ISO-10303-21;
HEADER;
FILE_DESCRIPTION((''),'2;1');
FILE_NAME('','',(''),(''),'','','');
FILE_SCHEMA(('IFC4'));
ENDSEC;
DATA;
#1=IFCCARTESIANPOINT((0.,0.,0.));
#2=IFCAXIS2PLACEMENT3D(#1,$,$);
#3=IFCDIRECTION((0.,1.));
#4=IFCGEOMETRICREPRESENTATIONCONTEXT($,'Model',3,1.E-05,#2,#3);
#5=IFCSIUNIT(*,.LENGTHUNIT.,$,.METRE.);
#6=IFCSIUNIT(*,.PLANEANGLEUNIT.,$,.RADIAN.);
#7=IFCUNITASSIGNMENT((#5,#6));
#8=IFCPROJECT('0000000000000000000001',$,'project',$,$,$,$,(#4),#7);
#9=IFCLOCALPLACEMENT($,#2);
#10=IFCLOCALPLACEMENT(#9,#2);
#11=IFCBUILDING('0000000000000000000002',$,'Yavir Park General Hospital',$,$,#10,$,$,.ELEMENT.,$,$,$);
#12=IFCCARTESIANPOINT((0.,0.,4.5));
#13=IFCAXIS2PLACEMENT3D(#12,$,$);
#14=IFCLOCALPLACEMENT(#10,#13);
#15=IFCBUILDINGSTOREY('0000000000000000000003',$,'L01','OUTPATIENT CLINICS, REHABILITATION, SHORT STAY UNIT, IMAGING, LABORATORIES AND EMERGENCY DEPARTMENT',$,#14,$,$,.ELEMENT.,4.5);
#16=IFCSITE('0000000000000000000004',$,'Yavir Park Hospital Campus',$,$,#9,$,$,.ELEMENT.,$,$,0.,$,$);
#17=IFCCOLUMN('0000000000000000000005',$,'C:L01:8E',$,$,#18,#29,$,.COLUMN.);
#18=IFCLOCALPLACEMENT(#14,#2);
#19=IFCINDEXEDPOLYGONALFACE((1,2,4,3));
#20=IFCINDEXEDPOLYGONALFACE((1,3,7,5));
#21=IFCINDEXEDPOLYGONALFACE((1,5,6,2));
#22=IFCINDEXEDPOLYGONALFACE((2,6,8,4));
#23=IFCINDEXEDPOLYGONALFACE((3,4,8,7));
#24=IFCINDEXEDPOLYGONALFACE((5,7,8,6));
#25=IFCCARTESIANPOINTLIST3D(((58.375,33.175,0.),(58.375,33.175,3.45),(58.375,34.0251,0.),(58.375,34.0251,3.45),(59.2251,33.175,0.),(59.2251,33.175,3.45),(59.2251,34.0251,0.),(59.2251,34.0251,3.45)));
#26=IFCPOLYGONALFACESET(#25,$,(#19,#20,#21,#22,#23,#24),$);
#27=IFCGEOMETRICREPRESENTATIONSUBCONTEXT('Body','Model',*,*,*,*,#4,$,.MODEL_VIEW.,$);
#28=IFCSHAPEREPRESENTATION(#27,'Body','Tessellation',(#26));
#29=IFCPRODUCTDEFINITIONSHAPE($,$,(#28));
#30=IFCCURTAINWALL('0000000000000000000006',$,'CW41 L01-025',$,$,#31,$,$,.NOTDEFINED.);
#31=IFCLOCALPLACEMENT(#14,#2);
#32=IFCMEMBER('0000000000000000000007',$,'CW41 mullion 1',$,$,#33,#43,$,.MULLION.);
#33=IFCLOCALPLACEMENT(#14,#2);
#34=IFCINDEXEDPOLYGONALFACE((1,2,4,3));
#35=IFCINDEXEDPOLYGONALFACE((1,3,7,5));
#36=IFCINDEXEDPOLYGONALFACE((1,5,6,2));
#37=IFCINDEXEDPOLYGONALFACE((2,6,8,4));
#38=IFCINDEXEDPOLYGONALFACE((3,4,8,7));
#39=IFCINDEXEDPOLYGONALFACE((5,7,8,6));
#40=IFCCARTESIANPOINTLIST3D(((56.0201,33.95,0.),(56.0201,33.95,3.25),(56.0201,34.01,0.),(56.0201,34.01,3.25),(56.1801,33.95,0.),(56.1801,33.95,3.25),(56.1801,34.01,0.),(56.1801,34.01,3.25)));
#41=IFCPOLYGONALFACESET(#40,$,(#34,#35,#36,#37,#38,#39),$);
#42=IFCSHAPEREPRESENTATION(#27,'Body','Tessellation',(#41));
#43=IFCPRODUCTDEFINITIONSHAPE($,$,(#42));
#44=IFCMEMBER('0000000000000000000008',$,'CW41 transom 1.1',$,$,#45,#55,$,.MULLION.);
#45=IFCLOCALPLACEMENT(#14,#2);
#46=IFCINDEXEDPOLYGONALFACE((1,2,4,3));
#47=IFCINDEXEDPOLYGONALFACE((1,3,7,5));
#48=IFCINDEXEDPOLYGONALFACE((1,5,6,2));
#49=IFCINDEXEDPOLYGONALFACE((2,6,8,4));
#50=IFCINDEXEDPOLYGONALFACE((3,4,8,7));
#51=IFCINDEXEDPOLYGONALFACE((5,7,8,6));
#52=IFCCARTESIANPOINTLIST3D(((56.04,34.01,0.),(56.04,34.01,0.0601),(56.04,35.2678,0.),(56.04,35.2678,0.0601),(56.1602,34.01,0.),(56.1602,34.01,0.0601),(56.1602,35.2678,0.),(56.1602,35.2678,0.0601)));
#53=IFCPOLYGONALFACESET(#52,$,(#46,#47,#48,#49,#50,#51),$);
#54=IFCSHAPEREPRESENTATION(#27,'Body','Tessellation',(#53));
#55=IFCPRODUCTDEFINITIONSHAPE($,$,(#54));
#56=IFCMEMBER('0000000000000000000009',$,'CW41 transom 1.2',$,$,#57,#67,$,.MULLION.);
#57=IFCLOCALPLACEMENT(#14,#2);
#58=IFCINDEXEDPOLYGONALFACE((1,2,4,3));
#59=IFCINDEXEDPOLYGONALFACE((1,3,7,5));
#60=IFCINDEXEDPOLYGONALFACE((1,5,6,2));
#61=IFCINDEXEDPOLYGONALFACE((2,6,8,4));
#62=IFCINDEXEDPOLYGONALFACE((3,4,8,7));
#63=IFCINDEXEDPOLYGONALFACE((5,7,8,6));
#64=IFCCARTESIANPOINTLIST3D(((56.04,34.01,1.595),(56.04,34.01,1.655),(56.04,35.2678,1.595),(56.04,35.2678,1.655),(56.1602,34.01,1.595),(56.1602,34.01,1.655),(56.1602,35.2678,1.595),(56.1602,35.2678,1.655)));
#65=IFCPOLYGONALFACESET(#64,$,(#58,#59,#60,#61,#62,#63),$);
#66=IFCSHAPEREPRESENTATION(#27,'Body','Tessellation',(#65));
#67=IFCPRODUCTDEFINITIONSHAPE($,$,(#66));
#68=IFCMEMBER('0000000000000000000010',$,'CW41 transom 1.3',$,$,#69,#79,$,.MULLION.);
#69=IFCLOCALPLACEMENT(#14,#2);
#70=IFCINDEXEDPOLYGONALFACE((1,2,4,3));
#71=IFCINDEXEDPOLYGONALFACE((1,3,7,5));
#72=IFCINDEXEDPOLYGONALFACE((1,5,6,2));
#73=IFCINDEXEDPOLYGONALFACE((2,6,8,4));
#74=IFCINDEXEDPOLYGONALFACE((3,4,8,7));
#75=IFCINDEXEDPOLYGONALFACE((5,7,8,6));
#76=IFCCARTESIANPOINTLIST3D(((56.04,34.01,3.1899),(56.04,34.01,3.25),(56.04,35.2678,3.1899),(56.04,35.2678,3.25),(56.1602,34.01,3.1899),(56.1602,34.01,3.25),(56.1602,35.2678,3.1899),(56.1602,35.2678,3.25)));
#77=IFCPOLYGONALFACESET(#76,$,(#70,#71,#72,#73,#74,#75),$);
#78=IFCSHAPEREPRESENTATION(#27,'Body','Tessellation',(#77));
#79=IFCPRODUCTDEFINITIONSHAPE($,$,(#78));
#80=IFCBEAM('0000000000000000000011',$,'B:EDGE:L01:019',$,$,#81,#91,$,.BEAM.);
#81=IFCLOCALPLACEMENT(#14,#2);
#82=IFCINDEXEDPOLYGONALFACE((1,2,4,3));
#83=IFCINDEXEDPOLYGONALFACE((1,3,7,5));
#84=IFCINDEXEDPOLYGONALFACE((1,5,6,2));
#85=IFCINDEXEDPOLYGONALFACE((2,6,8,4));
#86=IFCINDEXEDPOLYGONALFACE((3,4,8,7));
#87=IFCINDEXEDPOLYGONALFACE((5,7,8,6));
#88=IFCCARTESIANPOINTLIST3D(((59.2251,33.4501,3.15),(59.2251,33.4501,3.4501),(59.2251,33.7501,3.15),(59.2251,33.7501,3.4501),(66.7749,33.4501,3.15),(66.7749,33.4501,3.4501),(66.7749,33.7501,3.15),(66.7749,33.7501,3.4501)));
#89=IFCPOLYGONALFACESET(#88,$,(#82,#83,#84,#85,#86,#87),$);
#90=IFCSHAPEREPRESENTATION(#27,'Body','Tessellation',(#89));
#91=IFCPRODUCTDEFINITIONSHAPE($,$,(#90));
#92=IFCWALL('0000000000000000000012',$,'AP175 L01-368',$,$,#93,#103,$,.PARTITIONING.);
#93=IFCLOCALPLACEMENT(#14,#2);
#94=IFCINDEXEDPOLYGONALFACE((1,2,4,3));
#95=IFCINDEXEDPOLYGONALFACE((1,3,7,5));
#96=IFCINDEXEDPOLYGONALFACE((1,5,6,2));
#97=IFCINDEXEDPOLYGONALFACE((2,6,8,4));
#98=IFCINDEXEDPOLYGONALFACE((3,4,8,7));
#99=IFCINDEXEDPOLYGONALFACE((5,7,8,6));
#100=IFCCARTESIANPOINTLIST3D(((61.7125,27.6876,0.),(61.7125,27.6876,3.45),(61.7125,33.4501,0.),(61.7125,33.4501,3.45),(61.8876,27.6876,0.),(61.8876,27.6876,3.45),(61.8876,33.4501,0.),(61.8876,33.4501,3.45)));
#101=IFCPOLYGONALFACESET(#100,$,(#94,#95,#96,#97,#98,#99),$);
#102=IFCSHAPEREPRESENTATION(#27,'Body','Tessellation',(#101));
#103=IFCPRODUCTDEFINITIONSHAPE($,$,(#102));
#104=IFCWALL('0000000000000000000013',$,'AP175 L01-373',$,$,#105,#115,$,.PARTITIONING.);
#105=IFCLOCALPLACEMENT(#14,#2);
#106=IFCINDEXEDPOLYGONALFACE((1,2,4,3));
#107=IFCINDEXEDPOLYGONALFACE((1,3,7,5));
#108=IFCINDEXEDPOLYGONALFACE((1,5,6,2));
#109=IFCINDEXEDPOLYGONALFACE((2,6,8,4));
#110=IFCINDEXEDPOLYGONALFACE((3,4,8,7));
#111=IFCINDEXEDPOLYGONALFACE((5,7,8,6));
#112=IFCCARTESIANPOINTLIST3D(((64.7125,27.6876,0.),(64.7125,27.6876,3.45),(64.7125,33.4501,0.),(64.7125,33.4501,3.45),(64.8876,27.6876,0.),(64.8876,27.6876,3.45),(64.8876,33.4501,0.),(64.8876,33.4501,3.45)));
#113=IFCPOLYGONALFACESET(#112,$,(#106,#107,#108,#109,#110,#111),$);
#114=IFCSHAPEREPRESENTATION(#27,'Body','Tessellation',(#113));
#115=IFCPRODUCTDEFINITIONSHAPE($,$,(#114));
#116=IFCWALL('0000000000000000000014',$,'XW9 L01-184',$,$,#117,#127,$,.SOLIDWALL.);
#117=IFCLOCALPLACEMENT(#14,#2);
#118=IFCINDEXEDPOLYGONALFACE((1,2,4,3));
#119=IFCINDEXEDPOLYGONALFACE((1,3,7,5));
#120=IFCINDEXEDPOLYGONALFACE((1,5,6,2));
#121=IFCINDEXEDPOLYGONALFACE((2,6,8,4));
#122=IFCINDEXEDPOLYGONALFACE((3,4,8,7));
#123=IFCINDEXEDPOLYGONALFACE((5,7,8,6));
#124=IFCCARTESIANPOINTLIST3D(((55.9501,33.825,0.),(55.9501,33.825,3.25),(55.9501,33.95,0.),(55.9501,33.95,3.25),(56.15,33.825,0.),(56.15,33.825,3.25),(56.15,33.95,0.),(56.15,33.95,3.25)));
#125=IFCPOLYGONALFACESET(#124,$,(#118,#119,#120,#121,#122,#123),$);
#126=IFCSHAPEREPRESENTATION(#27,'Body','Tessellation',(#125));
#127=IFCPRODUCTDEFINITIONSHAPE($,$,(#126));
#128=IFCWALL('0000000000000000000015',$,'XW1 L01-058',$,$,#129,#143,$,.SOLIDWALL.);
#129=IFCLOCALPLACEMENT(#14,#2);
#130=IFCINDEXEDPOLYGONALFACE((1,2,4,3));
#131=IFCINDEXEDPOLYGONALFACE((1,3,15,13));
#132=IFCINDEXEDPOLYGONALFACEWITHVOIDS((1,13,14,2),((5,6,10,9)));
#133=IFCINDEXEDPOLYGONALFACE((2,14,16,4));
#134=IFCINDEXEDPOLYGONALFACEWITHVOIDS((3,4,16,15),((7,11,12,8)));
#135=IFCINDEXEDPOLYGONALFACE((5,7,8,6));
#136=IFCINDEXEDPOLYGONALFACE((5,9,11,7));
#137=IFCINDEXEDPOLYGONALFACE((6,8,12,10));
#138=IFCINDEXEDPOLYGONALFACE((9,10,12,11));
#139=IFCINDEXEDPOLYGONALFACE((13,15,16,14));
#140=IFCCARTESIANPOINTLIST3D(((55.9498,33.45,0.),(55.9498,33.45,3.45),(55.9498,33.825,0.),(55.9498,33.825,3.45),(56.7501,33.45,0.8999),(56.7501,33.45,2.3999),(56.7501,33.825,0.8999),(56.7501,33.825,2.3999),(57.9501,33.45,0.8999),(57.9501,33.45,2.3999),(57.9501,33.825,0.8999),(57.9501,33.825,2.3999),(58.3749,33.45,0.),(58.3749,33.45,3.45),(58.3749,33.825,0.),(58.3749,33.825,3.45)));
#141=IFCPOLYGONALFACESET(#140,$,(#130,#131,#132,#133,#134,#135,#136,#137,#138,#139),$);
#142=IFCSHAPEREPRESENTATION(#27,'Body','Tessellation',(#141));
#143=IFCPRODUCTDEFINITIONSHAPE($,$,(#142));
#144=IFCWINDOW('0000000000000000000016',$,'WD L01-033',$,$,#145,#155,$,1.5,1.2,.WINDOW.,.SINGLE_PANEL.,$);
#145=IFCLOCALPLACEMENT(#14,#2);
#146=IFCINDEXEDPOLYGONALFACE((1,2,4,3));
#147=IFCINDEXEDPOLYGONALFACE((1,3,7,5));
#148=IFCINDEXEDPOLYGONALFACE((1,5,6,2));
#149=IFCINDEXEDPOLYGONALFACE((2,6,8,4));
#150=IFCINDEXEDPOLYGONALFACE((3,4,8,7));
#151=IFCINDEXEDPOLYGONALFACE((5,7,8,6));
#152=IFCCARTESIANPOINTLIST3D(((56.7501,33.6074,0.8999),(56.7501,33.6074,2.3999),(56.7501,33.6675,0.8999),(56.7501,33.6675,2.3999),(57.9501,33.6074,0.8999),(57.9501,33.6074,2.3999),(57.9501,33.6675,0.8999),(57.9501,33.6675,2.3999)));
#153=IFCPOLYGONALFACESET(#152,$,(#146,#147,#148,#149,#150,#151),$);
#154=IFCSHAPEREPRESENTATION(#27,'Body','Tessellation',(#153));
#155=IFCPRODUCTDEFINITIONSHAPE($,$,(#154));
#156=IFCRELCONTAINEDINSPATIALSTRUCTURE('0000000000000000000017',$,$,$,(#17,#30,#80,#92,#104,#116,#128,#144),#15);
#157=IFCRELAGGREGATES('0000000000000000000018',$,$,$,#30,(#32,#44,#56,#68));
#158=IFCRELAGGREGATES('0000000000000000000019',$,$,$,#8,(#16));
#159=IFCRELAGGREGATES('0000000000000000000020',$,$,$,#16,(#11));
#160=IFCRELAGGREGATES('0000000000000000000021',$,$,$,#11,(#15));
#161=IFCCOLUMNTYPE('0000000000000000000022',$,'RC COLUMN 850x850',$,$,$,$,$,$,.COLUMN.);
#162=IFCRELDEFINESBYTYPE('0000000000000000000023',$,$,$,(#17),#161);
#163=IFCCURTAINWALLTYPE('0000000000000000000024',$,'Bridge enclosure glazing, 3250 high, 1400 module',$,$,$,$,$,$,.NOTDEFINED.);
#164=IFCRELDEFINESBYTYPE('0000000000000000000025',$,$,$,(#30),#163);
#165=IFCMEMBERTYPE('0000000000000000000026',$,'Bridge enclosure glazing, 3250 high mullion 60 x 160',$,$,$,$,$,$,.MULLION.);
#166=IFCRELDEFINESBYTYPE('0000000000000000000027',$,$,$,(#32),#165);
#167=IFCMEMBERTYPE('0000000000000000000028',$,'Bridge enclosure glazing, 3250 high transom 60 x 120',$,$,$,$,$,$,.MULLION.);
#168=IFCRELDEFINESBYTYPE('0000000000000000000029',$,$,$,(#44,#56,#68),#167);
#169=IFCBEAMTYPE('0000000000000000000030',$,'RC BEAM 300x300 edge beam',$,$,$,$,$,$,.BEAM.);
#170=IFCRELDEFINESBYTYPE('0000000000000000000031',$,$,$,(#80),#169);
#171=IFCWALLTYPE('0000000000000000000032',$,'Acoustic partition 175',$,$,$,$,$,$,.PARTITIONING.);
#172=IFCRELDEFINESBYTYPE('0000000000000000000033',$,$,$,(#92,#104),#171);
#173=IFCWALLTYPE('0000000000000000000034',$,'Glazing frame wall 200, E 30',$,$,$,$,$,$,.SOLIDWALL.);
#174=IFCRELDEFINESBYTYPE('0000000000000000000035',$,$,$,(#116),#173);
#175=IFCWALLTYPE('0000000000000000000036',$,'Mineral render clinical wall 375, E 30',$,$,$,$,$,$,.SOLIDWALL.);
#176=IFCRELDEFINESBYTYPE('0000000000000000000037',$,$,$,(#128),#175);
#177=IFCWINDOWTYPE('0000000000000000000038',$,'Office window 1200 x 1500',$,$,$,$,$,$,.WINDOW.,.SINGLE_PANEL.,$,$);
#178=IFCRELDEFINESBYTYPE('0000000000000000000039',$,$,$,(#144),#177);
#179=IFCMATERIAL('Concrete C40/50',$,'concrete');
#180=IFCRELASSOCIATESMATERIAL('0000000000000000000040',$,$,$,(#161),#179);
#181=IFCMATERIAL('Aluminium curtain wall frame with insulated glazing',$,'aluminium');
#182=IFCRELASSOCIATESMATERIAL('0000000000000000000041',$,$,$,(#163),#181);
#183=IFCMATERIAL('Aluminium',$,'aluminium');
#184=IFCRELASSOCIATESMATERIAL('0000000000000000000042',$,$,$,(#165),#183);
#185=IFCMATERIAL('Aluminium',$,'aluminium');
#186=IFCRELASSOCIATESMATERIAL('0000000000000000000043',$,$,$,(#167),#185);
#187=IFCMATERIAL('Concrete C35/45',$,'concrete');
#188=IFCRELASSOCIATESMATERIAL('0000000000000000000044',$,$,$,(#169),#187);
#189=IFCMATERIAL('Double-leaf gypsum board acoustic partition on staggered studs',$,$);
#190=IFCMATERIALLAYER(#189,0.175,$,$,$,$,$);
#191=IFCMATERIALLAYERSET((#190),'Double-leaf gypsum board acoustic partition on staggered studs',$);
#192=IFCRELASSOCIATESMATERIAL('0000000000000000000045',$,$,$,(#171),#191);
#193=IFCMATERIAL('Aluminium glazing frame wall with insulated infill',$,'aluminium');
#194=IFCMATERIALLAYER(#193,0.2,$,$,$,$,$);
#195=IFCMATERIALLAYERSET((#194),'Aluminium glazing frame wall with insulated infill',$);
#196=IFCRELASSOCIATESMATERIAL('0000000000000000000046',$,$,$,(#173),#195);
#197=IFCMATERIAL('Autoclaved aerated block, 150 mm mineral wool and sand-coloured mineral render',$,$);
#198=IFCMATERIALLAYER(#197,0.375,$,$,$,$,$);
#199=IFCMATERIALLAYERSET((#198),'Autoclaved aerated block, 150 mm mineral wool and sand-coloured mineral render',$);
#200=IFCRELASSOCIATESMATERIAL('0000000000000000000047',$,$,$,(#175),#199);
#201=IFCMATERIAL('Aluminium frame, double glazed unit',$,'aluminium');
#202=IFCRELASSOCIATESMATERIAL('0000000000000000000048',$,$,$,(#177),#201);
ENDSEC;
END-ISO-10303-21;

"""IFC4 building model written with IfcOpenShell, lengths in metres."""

from ifc_helpers import new_model, si_unit, direction, frame, frame_2d, origin, origin_2d, place, context, subcontext, project, spatial, rectangle, extrude, material, layer, layer_set, material_profile, profile_set, type_object, element, fill, aggregate, save


model = new_model("IFC4")

# Units and contexts
model_context = context("Model", 3, precision=1e-05, world=origin(), true_north=direction((0.0, 1.0)))
body_context = subcontext(model_context, "Body", "Model", "MODEL_VIEW")
ifc_project = project(units=[si_unit("LENGTHUNIT", "METRE"), si_unit("PLANEANGLEUNIT", "RADIAN")], contexts=[model_context])

# Site, building, storey
site_placement = place(None, origin())
site = spatial("IfcSite", under=ifc_project, at=site_placement, Name="Yavir Park Hospital Campus", CompositionType="ELEMENT", RefElevation=0.0)
building_placement = place(site_placement, origin())
building = spatial("IfcBuilding", under=site, at=building_placement, Name="Yavir Park General Hospital", CompositionType="ELEMENT")
storey_placement = place(building_placement, frame((0.0, 0.0, 4.5)))
storey = spatial("IfcBuildingStorey", under=building, at=storey_placement, Name="L01", Description="OUTPATIENT CLINICS, REHABILITATION, SHORT STAY UNIT, IMAGING, LABORATORIES AND EMERGENCY DEPARTMENT", CompositionType="ELEMENT", Elevation=4.5)

# Column
ifc_material_1 = material(Name="Concrete C40/50", Category="concrete")
ifc_material_profile_1 = material_profile(ifc_material_1, rectangle(XDim=0.8501, YDim=0.8501, at=origin_2d()), Name="RC850x850")
ifc_profile_set_1 = profile_set([ifc_material_profile_1], Name="Concrete C40/50")
column_type = type_object("IfcColumnType", Name="RC COLUMN 850x850", PredefinedType="COLUMN", material=ifc_profile_set_1)
column_placement = place(storey_placement, frame((58.8, 33.6001, 0.0), z_axis=(0.0, 0.0, 1.0), x_axis=(1.0, 0.0, 0.0)))
element("IfcColumn", 1, at=column_placement, inside=storey, type_object=column_type, Name="C:L01:8E", PredefinedType="COLUMN", context=body_context, shape_type="SweptSolid", body=[
    extrude(rectangle(XDim=0.8501, YDim=0.8501, at=origin_2d()), origin(), (0.0, 0.0, 1.0), 3.45),
])

# Curtain wall, members
ifc_material_2 = material(Name="Aluminium curtain wall frame with insulated glazing", Category="aluminium")
curtain_wall_type = type_object("IfcCurtainWallType", Name="Bridge enclosure glazing, 3250 high, 1400 module", PredefinedType="NOTDEFINED", material=ifc_material_2)
curtain_wall_placement = place(storey_placement, origin())
curtain_wall = element("IfcCurtainWall", 2, at=curtain_wall_placement, inside=storey, type_object=curtain_wall_type, Name="CW41 L01-025", PredefinedType="NOTDEFINED")
ifc_material_3 = material(Name="Aluminium", Category="aluminium")
ifc_material_profile_2 = material_profile(ifc_material_3, rectangle(XDim=0.1599, YDim=0.0601, at=origin_2d()), Name="AL 60x160")
ifc_profile_set_2 = profile_set([ifc_material_profile_2], Name="Aluminium")
member_type_1 = type_object("IfcMemberType", Name="Bridge enclosure glazing, 3250 high mullion 60 x 160", PredefinedType="MULLION", material=ifc_profile_set_2)
member_1_placement = place(storey_placement, frame((56.1001, 33.98, 0.0), z_axis=(0.0, 0.0, 1.0), x_axis=(-1.0, 0.0, 0.0)))
member_1 = element("IfcMember", 3, at=member_1_placement, type_object=member_type_1, Name="CW41 mullion 1", PredefinedType="MULLION", context=body_context, shape_type="SweptSolid", body=[
    extrude(rectangle(XDim=0.1599, YDim=0.0601, at=origin_2d()), origin(), (0.0, 0.0, 1.0), 3.25),
])
ifc_material_4 = material(Name="Aluminium", Category="aluminium")
ifc_material_profile_3 = material_profile(ifc_material_4, rectangle(XDim=0.1201, YDim=0.0601, at=origin_2d()), Name="AL 120x60")
ifc_profile_set_3 = profile_set([ifc_material_profile_3], Name="Aluminium")
member_type_2 = type_object("IfcMemberType", Name="Bridge enclosure glazing, 3250 high transom 60 x 120", PredefinedType="MULLION", material=ifc_profile_set_3)
member_2_placement = place(storey_placement, frame((56.1001, 34.01, 0.03), z_axis=(0.0, 1.0, 0.0), x_axis=(-1.0, 0.0, 0.0)))
member_2 = element("IfcMember", 4, at=member_2_placement, type_object=member_type_2, Name="CW41 transom 1.1", PredefinedType="MULLION", context=body_context, shape_type="SweptSolid", body=[
    extrude(rectangle(XDim=0.1201, YDim=0.0601, at=origin_2d()), origin(), (0.0, 0.0, 1.0), 1.2578),
])
member_3_placement = place(storey_placement, frame((56.1001, 34.01, 1.625), z_axis=(0.0, 1.0, 0.0), x_axis=(-1.0, 0.0, 0.0)))
member_3 = element("IfcMember", 5, at=member_3_placement, type_object=member_type_2, Name="CW41 transom 1.2", PredefinedType="MULLION", context=body_context, shape_type="SweptSolid", body=[
    extrude(rectangle(XDim=0.1201, YDim=0.0601, at=origin_2d()), origin(), (0.0, 0.0, 1.0), 1.2578),
])
member_4_placement = place(storey_placement, frame((56.1001, 34.01, 3.22), z_axis=(0.0, 1.0, 0.0), x_axis=(-1.0, 0.0, 0.0)))
member_4 = element("IfcMember", 6, at=member_4_placement, type_object=member_type_2, Name="CW41 transom 1.3", PredefinedType="MULLION", context=body_context, shape_type="SweptSolid", body=[
    extrude(rectangle(XDim=0.1201, YDim=0.0601, at=origin_2d()), origin(), (0.0, 0.0, 1.0), 1.2578),
])
aggregate(curtain_wall, [member_1, member_2, member_3, member_4])

# Beam
ifc_material_5 = material(Name="Concrete C35/45", Category="concrete")
ifc_material_profile_4 = material_profile(ifc_material_5, rectangle(XDim=0.3, YDim=0.3, at=origin_2d()), Name="RC300x300")
ifc_profile_set_4 = profile_set([ifc_material_profile_4], Name="Concrete C35/45")
beam_type = type_object("IfcBeamType", Name="RC BEAM 300x300 edge beam", PredefinedType="BEAM", material=ifc_profile_set_4)
beam_placement = place(storey_placement, frame((59.2251, 33.6001, 3.3), z_axis=(1.0, 0.0, 0.0), x_axis=(0.0, 1.0, 0.0)))
element("IfcBeam", 7, at=beam_placement, inside=storey, type_object=beam_type, Name="B:EDGE:L01:019", PredefinedType="BEAM", context=body_context, shape_type="SweptSolid", body=[
    extrude(rectangle(XDim=0.3, YDim=0.3, at=origin_2d()), origin(), (0.0, 0.0, 1.0), 7.5498),
])

# Walls
ifc_material_6 = material(Name="Double-leaf gypsum board acoustic partition on staggered studs")
ifc_layer_1 = layer(ifc_material_6, 0.175)
ifc_layer_set_1 = layer_set([ifc_layer_1], Name="Double-leaf gypsum board acoustic partition on staggered studs")
wall_type_1 = type_object("IfcWallType", Name="Acoustic partition 175", PredefinedType="PARTITIONING", material=ifc_layer_set_1)
for number, where, z_axis, x_axis, name in (
    (8, (61.8, 27.6875, 0.0), (0.0, 0.0, 1.0), (0.0, 1.0, 0.0), "AP175 L01-368"),
    (9, (64.8, 27.6875, 0.0), (0.0, 0.0, 1.0), (0.0, 1.0, 0.0), "AP175 L01-373"),
):
    element("IfcWall", number, at=place(storey_placement, frame(where, z_axis=z_axis, x_axis=x_axis)), inside=storey, type_object=wall_type_1, Name=name, PredefinedType="PARTITIONING", context=body_context, shape_type="SweptSolid", body=[
        extrude(rectangle(XDim=5.7625, YDim=0.175, at=frame_2d((2.8813, 0.0))), origin(), (0.0, 0.0, 1.0), 3.45),
    ])
ifc_material_7 = material(Name="Aluminium glazing frame wall with insulated infill", Category="aluminium")
ifc_layer_2 = layer(ifc_material_7, 0.2)
ifc_layer_set_2 = layer_set([ifc_layer_2], Name="Aluminium glazing frame wall with insulated infill")
wall_type_2 = type_object("IfcWallType", Name="Glazing frame wall 200, E 30", PredefinedType="SOLIDWALL", material=ifc_layer_set_2)
wall_1_placement = place(storey_placement, frame((56.05, 33.825, 0.0), z_axis=(0.0, 0.0, 1.0), x_axis=(0.0, 1.0, 0.0)))
element("IfcWall", 10, at=wall_1_placement, inside=storey, type_object=wall_type_2, Name="XW9 L01-184", PredefinedType="SOLIDWALL", context=body_context, shape_type="SweptSolid", body=[
    extrude(rectangle(XDim=0.125, YDim=0.2, at=frame_2d((0.0625, 0.0))), origin(), (0.0, 0.0, 1.0), 3.25),
])

# Wall, opening, window
ifc_material_8 = material(Name="Autoclaved aerated block, 150 mm mineral wool and sand-coloured mineral render")
ifc_layer_3 = layer(ifc_material_8, 0.375)
ifc_layer_set_3 = layer_set([ifc_layer_3], Name="Autoclaved aerated block, 150 mm mineral wool and sand-coloured mineral render")
wall_type_3 = type_object("IfcWallType", Name="Mineral render clinical wall 375, E 30", PredefinedType="SOLIDWALL", material=ifc_layer_set_3)
wall_2_placement = place(storey_placement, frame((55.95, 33.6375, 0.0), z_axis=(0.0, 0.0, 1.0), x_axis=(1.0, 0.0, 0.0)))
wall_2 = element("IfcWall", 11, at=wall_2_placement, inside=storey, type_object=wall_type_3, Name="XW1 L01-058", PredefinedType="SOLIDWALL", context=body_context, shape_type="SweptSolid", body=[
    extrude(rectangle(XDim=2.425, YDim=0.375, at=frame_2d((1.2124, 0.0))), origin(), (0.0, 0.0, 1.0), 3.45),
])
opening_1_placement = place(wall_2_placement, frame((0.8, 0.0, 0.8999)))
opening_1 = element("IfcOpeningElement", 12, at=opening_1_placement, cuts=wall_2, PredefinedType="OPENING", context=body_context, shape_type="SweptSolid", body=[
    extrude(rectangle(XDim=1.2, YDim=1.5, at=frame_2d((0.6001, 0.75))), frame((0.0, 0.1975, 0.0), z_axis=(0.0, -1.0, 0.0), x_axis=(1.0, 0.0, 0.0)), (0.0, 0.0, 1.0), 0.395),
])
ifc_material_9 = material(Name="Aluminium frame, double glazed unit", Category="aluminium")
window_type_1 = type_object("IfcWindowType", Name="Office window 1200 x 1500", PartitioningType="SINGLE_PANEL", PredefinedType="WINDOW", material=ifc_material_9)
window_1_placement = place(opening_1_placement, origin())
window_1 = element("IfcWindow", 13, at=window_1_placement, inside=storey, type_object=window_type_1, Name="WD L01-033", OverallHeight=1.5, OverallWidth=1.2, PartitioningType="SINGLE_PANEL", PredefinedType="WINDOW", context=body_context, shape_type="SweptSolid", body=[
    extrude(rectangle(XDim=1.2, YDim=1.5, at=frame_2d((0.6001, 0.75))), frame((0.0, 0.03, 0.0), z_axis=(0.0, -1.0, 0.0), x_axis=(1.0, 0.0, 0.0)), (0.0, 0.0, 1.0), 0.0601),
])
fill(opening_1, window_1)

save(model, "model.ifc")
